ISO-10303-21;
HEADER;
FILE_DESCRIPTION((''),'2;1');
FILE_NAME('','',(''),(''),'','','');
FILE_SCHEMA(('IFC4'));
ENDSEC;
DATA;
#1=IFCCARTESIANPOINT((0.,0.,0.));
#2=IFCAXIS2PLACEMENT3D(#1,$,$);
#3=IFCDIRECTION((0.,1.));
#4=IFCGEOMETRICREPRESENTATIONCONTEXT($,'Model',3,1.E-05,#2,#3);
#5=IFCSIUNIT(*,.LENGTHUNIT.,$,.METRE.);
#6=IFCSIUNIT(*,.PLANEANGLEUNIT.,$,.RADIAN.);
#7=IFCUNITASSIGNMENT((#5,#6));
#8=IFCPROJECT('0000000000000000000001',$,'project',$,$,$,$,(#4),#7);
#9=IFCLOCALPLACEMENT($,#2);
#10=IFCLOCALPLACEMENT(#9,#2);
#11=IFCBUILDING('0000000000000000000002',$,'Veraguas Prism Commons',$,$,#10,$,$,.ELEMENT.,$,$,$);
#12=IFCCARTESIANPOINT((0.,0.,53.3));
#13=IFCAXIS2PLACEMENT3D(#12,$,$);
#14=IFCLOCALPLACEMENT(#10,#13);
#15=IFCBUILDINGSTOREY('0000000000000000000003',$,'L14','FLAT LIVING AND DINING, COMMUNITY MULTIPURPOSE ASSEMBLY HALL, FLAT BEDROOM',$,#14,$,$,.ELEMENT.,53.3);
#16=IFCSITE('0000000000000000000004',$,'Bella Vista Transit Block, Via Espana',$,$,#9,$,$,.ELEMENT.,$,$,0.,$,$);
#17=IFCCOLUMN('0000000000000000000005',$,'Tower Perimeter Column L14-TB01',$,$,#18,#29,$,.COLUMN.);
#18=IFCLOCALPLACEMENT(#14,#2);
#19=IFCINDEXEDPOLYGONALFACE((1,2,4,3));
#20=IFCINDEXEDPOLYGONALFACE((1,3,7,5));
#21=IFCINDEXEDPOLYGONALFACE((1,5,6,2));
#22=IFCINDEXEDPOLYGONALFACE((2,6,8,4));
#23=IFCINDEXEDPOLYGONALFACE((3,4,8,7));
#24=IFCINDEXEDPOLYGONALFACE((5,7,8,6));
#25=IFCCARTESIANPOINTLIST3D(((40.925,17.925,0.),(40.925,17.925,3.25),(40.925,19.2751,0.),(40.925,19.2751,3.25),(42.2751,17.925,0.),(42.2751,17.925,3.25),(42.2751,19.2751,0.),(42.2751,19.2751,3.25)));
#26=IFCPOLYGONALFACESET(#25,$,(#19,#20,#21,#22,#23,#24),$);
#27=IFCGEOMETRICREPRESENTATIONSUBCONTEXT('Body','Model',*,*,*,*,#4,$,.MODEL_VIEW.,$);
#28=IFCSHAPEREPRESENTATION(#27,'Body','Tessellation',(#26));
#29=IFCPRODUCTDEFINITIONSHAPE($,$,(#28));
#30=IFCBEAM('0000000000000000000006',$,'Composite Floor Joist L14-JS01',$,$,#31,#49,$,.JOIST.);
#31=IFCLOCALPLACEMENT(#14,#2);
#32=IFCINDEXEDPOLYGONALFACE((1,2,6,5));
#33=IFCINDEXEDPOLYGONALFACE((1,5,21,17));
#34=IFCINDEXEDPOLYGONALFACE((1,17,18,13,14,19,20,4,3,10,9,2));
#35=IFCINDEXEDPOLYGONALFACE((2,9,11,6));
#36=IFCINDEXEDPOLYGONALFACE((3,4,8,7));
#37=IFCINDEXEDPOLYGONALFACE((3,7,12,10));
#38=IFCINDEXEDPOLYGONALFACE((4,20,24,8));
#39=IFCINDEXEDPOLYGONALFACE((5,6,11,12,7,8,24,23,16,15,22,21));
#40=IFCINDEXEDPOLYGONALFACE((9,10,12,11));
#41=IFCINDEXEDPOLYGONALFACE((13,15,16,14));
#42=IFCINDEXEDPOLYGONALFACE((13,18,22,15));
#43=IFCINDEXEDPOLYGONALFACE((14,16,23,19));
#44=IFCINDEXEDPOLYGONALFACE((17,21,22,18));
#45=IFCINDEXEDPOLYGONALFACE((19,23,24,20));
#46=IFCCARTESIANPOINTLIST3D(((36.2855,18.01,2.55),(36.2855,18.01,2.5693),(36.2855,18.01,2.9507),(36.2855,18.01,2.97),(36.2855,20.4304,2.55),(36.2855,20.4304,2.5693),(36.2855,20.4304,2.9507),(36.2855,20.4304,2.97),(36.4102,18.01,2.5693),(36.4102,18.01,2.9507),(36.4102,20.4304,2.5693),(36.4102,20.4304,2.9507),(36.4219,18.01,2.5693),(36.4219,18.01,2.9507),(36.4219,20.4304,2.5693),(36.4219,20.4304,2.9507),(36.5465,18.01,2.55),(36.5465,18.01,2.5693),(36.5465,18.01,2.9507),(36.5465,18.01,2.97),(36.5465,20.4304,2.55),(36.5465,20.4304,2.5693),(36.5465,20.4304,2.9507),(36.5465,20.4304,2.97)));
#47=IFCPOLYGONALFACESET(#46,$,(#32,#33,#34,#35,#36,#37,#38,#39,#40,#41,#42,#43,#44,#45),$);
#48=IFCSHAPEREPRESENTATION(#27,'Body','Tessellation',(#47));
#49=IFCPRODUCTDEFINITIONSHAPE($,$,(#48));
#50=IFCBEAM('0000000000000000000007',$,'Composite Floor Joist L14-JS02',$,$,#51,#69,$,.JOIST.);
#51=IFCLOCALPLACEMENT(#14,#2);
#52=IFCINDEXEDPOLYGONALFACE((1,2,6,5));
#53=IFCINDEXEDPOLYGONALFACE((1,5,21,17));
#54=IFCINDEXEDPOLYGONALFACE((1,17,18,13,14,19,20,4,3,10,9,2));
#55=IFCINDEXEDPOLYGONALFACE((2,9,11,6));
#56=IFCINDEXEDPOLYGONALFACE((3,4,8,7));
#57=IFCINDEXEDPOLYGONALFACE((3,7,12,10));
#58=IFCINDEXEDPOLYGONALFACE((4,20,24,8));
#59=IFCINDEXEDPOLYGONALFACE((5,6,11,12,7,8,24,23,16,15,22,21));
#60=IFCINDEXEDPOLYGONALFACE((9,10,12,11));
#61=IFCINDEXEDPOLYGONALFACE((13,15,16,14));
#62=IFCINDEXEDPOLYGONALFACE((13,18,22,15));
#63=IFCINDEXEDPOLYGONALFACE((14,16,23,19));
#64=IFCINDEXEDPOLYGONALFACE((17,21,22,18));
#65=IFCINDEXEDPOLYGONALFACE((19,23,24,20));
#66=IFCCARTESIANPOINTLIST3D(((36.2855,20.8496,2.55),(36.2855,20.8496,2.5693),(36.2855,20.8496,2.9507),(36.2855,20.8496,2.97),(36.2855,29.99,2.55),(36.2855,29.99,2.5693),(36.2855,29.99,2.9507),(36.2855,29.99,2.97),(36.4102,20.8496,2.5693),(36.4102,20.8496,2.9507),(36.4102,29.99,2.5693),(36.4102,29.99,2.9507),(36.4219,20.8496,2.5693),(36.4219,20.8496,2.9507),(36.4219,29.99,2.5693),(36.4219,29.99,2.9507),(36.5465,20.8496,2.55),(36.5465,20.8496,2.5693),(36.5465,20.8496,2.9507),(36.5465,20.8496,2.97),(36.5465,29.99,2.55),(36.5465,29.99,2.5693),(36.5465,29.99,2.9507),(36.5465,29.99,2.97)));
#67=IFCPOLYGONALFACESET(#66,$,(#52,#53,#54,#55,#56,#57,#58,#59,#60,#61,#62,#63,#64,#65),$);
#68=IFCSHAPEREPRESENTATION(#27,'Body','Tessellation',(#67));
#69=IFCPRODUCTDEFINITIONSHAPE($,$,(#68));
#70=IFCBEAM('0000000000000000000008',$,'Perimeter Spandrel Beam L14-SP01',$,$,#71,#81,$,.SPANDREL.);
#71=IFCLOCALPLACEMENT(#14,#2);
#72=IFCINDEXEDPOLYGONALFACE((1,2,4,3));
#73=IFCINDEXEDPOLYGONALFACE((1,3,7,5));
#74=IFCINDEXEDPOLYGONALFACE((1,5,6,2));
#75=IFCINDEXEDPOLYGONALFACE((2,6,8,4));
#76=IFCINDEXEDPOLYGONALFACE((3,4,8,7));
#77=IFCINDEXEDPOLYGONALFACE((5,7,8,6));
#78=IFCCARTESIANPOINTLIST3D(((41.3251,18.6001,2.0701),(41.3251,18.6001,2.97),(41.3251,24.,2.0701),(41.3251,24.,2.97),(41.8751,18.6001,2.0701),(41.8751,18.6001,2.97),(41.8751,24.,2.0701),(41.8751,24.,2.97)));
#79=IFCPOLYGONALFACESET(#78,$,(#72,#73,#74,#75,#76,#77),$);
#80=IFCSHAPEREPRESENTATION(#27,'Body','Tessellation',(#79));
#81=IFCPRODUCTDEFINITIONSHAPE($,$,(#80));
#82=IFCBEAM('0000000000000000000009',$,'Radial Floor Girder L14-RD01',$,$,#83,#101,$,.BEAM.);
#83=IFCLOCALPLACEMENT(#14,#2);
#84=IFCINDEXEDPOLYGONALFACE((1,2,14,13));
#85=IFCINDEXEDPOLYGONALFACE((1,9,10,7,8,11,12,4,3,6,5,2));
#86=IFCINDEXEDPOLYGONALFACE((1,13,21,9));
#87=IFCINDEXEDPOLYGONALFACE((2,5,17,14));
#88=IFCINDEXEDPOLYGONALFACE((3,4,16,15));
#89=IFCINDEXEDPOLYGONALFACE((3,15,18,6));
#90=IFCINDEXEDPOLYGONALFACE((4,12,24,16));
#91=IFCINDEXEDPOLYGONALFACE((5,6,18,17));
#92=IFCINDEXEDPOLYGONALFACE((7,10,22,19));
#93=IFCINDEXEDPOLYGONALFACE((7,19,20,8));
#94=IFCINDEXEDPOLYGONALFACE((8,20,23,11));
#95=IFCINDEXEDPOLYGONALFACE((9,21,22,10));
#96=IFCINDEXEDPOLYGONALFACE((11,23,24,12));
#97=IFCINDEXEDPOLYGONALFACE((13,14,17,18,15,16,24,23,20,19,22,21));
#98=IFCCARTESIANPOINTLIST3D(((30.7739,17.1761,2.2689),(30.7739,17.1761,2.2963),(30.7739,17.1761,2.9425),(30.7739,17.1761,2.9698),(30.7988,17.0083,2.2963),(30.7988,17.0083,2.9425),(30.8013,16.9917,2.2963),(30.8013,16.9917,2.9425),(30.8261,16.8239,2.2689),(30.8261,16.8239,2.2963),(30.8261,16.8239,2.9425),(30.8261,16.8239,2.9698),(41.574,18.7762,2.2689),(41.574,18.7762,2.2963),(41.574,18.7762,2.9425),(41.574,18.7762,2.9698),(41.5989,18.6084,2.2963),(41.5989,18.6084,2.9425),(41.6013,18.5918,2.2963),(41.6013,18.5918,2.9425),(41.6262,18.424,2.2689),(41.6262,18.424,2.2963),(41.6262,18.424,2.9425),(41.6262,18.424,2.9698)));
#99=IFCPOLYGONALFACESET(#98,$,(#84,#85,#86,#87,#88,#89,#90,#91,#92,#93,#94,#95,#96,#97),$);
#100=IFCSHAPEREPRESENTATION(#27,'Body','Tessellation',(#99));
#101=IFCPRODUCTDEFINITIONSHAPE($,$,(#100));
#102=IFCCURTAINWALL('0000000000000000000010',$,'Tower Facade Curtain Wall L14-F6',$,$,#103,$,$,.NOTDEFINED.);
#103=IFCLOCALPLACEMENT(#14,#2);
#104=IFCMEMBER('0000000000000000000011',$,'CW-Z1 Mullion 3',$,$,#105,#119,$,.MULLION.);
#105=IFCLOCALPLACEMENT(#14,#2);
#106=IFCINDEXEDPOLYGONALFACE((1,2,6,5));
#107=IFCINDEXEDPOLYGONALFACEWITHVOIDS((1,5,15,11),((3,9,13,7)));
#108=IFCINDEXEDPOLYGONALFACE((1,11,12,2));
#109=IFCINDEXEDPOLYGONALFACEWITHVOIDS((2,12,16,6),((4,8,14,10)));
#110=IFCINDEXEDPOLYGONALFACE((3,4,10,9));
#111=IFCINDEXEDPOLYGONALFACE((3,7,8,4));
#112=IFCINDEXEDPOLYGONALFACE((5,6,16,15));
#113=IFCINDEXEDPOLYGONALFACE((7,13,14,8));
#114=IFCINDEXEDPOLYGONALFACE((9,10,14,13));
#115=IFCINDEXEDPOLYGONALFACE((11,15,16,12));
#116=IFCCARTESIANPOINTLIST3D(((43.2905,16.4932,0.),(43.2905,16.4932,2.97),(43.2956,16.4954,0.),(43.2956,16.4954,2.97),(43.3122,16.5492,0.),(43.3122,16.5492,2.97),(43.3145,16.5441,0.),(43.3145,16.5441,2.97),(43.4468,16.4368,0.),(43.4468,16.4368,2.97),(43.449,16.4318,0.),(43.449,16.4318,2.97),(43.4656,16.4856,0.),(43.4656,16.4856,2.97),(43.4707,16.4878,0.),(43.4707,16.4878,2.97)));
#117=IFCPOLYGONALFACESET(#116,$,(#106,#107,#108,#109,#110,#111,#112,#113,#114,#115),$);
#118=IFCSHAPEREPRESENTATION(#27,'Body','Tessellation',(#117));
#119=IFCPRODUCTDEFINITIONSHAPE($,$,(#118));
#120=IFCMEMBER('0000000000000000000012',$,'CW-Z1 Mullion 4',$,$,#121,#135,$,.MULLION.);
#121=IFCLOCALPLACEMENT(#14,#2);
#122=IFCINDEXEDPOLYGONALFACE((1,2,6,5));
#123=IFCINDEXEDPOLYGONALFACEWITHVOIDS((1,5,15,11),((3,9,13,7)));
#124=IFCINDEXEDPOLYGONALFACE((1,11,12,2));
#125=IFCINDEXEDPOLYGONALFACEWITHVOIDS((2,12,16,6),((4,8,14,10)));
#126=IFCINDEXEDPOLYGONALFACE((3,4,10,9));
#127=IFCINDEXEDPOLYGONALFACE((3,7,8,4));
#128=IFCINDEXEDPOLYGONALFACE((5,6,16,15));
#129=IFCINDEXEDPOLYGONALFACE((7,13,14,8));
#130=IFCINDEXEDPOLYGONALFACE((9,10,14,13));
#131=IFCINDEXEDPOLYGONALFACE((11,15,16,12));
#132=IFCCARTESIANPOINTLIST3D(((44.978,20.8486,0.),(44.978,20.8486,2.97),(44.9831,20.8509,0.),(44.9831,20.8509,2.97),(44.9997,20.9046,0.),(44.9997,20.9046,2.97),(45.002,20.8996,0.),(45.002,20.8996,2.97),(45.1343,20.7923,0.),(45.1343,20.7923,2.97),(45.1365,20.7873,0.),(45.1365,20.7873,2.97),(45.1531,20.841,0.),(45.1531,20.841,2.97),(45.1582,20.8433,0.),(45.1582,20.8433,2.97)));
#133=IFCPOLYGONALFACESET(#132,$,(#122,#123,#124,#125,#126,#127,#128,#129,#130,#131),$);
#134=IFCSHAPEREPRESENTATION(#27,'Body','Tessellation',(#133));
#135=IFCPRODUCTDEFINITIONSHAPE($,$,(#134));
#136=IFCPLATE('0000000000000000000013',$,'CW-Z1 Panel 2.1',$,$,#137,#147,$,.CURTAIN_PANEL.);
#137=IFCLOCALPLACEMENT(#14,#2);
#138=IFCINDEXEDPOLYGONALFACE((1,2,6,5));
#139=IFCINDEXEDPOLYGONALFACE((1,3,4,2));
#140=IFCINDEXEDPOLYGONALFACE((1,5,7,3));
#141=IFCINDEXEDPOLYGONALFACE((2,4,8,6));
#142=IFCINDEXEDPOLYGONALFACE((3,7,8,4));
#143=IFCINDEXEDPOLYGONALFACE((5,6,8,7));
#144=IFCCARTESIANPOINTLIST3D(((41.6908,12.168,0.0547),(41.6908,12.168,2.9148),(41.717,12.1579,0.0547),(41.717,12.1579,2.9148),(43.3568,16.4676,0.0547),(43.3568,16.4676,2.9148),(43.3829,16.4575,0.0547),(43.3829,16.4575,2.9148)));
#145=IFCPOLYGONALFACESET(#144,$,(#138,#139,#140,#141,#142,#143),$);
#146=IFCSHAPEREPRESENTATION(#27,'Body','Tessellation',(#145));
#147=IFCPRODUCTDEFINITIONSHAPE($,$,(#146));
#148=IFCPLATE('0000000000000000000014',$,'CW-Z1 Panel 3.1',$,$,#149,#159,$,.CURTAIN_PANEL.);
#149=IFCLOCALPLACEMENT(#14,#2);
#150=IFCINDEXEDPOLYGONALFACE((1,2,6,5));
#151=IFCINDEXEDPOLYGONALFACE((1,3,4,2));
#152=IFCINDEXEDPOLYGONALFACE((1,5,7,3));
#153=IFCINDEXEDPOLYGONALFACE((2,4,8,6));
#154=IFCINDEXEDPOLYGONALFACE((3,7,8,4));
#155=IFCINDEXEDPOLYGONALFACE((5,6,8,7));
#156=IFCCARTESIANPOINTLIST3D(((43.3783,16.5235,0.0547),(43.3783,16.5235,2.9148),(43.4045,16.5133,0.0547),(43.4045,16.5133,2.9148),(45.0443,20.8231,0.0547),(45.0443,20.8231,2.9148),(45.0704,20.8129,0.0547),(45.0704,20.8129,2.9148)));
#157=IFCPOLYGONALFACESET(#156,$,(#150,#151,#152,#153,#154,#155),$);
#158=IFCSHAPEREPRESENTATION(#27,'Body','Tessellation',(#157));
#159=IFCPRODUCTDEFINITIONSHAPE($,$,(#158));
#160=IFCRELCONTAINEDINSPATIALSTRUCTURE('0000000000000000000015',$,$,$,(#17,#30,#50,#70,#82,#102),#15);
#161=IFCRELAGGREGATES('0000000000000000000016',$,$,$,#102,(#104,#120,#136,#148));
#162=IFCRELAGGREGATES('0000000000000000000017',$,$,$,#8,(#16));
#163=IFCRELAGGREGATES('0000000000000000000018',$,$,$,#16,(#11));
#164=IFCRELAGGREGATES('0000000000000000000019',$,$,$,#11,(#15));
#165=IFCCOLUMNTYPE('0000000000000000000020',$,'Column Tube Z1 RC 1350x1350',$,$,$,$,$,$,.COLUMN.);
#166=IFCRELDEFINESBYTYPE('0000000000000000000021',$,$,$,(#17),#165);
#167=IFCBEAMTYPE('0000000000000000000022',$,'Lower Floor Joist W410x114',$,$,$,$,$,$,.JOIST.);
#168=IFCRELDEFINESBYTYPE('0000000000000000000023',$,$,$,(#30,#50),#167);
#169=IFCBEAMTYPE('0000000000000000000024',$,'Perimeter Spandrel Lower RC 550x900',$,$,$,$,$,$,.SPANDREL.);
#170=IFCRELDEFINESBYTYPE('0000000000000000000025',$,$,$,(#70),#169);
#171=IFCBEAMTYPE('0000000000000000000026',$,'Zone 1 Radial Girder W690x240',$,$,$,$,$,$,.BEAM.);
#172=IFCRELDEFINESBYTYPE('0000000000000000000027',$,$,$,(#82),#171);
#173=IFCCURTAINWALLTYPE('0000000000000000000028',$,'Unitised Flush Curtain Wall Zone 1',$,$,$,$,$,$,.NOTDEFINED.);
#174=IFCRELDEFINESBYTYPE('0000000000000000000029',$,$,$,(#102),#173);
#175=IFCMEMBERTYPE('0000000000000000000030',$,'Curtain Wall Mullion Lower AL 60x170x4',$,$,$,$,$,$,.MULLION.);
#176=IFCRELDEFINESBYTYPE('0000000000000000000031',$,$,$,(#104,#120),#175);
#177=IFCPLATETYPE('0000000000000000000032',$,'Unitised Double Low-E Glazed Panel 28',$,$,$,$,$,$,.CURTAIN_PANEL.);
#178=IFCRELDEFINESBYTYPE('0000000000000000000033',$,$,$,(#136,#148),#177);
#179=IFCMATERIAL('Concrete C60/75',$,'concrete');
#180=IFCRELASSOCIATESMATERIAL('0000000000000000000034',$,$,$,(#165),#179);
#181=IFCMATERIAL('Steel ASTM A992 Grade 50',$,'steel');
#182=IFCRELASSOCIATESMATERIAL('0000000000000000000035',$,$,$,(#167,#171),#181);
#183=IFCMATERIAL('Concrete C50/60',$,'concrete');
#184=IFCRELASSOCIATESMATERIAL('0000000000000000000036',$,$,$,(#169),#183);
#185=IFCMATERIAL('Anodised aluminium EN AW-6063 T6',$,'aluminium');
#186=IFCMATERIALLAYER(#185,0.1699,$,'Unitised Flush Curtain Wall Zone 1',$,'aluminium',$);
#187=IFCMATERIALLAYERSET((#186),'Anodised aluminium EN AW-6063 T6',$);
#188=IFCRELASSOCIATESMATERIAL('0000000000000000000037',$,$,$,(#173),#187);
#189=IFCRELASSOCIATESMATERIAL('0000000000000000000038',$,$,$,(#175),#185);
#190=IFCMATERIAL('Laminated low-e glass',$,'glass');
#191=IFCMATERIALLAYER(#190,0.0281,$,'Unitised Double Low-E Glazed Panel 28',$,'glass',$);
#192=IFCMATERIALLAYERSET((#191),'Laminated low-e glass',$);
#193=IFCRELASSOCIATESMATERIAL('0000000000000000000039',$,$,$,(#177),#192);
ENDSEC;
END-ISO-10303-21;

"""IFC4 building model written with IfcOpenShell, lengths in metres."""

from ifc_helpers import new_model, si_unit, direction, frame, origin, origin_2d, place, context, subcontext, project, spatial, rectangle, hollow_rectangle, i_section, extrude, source, transform, mapped, material, layer, layer_set, material_profile, profile_set, type_object, element, aggregate, save


model = new_model("IFC4")

# Units and contexts
model_context = context("Model", 3, precision=1e-05, world=origin(), true_north=direction((0.0, 1.0)))
body_context = subcontext(model_context, "Body", "Model", "MODEL_VIEW")
ifc_project = project(units=[si_unit("LENGTHUNIT", "METRE"), si_unit("PLANEANGLEUNIT", "RADIAN")], contexts=[model_context])

# Site, building, storey
site_placement = place(None, origin())
site = spatial("IfcSite", under=ifc_project, at=site_placement, Name="Bella Vista Transit Block, Via Espana", CompositionType="ELEMENT", RefElevation=0.0)
building_placement = place(site_placement, origin())
building = spatial("IfcBuilding", under=site, at=building_placement, Name="Veraguas Prism Commons", CompositionType="ELEMENT")
storey_placement = place(building_placement, frame((0.0, 0.0, 53.3)))
storey = spatial("IfcBuildingStorey", under=building, at=storey_placement, Name="L14", Description="FLAT LIVING AND DINING, COMMUNITY MULTIPURPOSE ASSEMBLY HALL, FLAT BEDROOM", CompositionType="ELEMENT", Elevation=53.3)

# Column
ifc_material_1 = material(Name="Concrete C60/75", Category="concrete")
ifc_material_profile_1 = material_profile(ifc_material_1, rectangle(XDim=1.3501, YDim=1.3501, at=origin_2d()), Name="RC1350X1350")
ifc_profile_set_1 = profile_set([ifc_material_profile_1], Name="Concrete C60/75")
column_type = type_object("IfcColumnType", Name="Column Tube Z1 RC 1350x1350", PredefinedType="COLUMN", material=ifc_profile_set_1)
column_placement = place(storey_placement, frame((41.6001, 18.6001, 0.0), z_axis=(0.0, 0.0, 1.0), x_axis=(1.0, 0.0, 0.0)))
element("IfcColumn", 1, at=column_placement, inside=storey, type_object=column_type, Name="Tower Perimeter Column L14-TB01", PredefinedType="COLUMN", context=body_context, shape_type="SweptSolid", body=[
    extrude(rectangle(XDim=1.3501, YDim=1.3501, at=origin_2d()), origin(), (0.0, 0.0, 1.0), 3.25),
])

# Beams
ifc_material_2 = material(Name="Steel ASTM A992 Grade 50", Category="steel")
ifc_material_profile_2 = material_profile(ifc_material_2, i_section(OverallWidth=0.261, OverallDepth=0.4199, WebThickness=0.0117, FlangeThickness=0.0193, at=origin_2d()), Name="W410X114")
ifc_profile_set_2 = profile_set([ifc_material_profile_2], Name="Steel ASTM A992 Grade 50")
beam_type_1 = type_object("IfcBeamType", Name="Lower Floor Joist W410x114", PredefinedType="JOIST", material=ifc_profile_set_2)
beam_1_placement = place(storey_placement, frame((36.416, 18.01, 2.76), z_axis=(0.0, 1.0, 0.0), x_axis=(-1.0, 0.0, 0.0)))
element("IfcBeam", 2, at=beam_1_placement, inside=storey, type_object=beam_type_1, Name="Composite Floor Joist L14-JS01", PredefinedType="JOIST", context=body_context, shape_type="SweptSolid", body=[
    extrude(i_section(OverallWidth=0.261, OverallDepth=0.4199, WebThickness=0.0117, FlangeThickness=0.0193, at=origin_2d()), origin(), (0.0, 0.0, 1.0), 2.4204),
])
beam_2_placement = place(storey_placement, frame((36.416, 20.8496, 2.76), z_axis=(0.0, 1.0, 0.0), x_axis=(-1.0, 0.0, 0.0)))
element("IfcBeam", 3, at=beam_2_placement, inside=storey, type_object=beam_type_1, Name="Composite Floor Joist L14-JS02", PredefinedType="JOIST", context=body_context, shape_type="SweptSolid", body=[
    extrude(i_section(OverallWidth=0.261, OverallDepth=0.4199, WebThickness=0.0117, FlangeThickness=0.0193, at=origin_2d()), origin(), (0.0, 0.0, 1.0), 9.1404),
])
ifc_material_3 = material(Name="Concrete C50/60", Category="concrete")
ifc_material_profile_3 = material_profile(ifc_material_3, rectangle(XDim=0.55, YDim=0.8999, at=origin_2d()), Name="RC550X900")
ifc_profile_set_3 = profile_set([ifc_material_profile_3], Name="Concrete C50/60")
beam_type_2 = type_object("IfcBeamType", Name="Perimeter Spandrel Lower RC 550x900", PredefinedType="SPANDREL", material=ifc_profile_set_3)
beam_3_placement = place(storey_placement, frame((41.6001, 18.6001, 2.52), z_axis=(0.0, 1.0, 0.0), x_axis=(-1.0, 0.0, 0.0)))
element("IfcBeam", 4, at=beam_3_placement, inside=storey, type_object=beam_type_2, Name="Perimeter Spandrel Beam L14-SP01", PredefinedType="SPANDREL", context=body_context, shape_type="SweptSolid", body=[
    extrude(rectangle(XDim=0.55, YDim=0.8999, at=origin_2d()), origin(), (0.0, 0.0, 1.0), 5.3999),
])
ifc_material_profile_4 = material_profile(ifc_material_2, i_section(OverallWidth=0.356, OverallDepth=0.7009, WebThickness=0.0168, FlangeThickness=0.0273, at=origin_2d()), Name="W690X240")
ifc_profile_set_4 = profile_set([ifc_material_profile_4], Name="Steel ASTM A992 Grade 50")
beam_type_3 = type_object("IfcBeamType", Name="Zone 1 Radial Girder W690x240", PredefinedType="BEAM", material=ifc_profile_set_4)
beam_4_placement = place(storey_placement, frame((41.6001, 18.6001, 2.6194), z_axis=(-0.989202, -0.146557, 0.0), x_axis=(0.146557, -0.989202, 0.0)))
element("IfcBeam", 5, at=beam_4_placement, inside=storey, type_object=beam_type_3, Name="Radial Floor Girder L14-RD01", PredefinedType="BEAM", context=body_context, shape_type="SweptSolid", body=[
    extrude(i_section(OverallWidth=0.356, OverallDepth=0.7009, WebThickness=0.0168, FlangeThickness=0.0273, at=origin_2d()), origin(), (0.0, 0.0, 1.0), 10.918),
])

# Curtain wall, members, plates
ifc_material_4 = material(Name="Anodised aluminium EN AW-6063 T6", Category="aluminium")
ifc_layer_1 = layer(ifc_material_4, 0.1699, Name="Unitised Flush Curtain Wall Zone 1", Category="aluminium")
ifc_layer_set_1 = layer_set([ifc_layer_1], Name="Anodised aluminium EN AW-6063 T6")
curtain_wall_type = type_object("IfcCurtainWallType", Name="Unitised Flush Curtain Wall Zone 1", PredefinedType="NOTDEFINED", material=ifc_layer_set_1)
curtain_wall_placement = place(storey_placement, origin())
curtain_wall = element("IfcCurtainWall", 6, at=curtain_wall_placement, inside=storey, type_object=curtain_wall_type, Name="Tower Facade Curtain Wall L14-F6", PredefinedType="NOTDEFINED")
ifc_material_profile_5 = material_profile(ifc_material_4, hollow_rectangle(XDim=0.0601, YDim=0.1699, WallThickness=0.0039, at=origin_2d()), Name="AL60X170X4")
ifc_profile_set_5 = profile_set([ifc_material_profile_5], Name="Anodised aluminium EN AW-6063 T6")
member_type = type_object("IfcMemberType", Name="Curtain Wall Mullion Lower AL 60x170x4", PredefinedType="MULLION", material=ifc_profile_set_5)
shared_shape_1 = source(origin(), body_context, "Body", "SweptSolid", [
    extrude(hollow_rectangle(XDim=0.0601, YDim=0.1699, WallThickness=0.0039, at=origin_2d()), origin(), (0.0, 0.0, 1.0), 2.97),
])
member_1_placement = place(storey_placement, frame((43.3806, 16.4905, 0.0), z_axis=(0.0, 0.0, 1.0), x_axis=(0.361294, 0.932452, 0.0)))
member_1 = element("IfcMember", 7, at=member_1_placement, type_object=member_type, Name="CW-Z1 Mullion 3", PredefinedType="MULLION", context=body_context, shape_type="MappedRepresentation", body=[
    mapped(shared_shape_1, transform((0.0, 0.0, 0.0), scale=1.0)),
])
member_2_placement = place(storey_placement, frame((45.0681, 20.8459, 0.0), z_axis=(0.0, 0.0, 1.0), x_axis=(0.361294, 0.932452, 0.0)))
member_2 = element("IfcMember", 8, at=member_2_placement, type_object=member_type, Name="CW-Z1 Mullion 4", PredefinedType="MULLION", context=body_context, shape_type="MappedRepresentation", body=[
    mapped(shared_shape_1, transform((0.0, 0.0, 0.0), scale=1.0)),
])
ifc_material_5 = material(Name="Laminated low-e glass", Category="glass")
ifc_layer_2 = layer(ifc_material_5, 0.0281, Name="Unitised Double Low-E Glazed Panel 28", Category="glass")
ifc_layer_set_2 = layer_set([ifc_layer_2], Name="Laminated low-e glass")
plate_type = type_object("IfcPlateType", Name="Unitised Double Low-E Glazed Panel 28", PredefinedType="CURTAIN_PANEL", material=ifc_layer_set_2)
shared_shape_2 = source(origin(), body_context, "Body", "SweptSolid", [
    extrude(rectangle(XDim=4.6111, YDim=0.0281, at=origin_2d()), origin(), (0.0, 0.0, 1.0), 2.8601),
])
plate_1_placement = place(storey_placement, frame((42.5369, 14.3127, 0.0547), z_axis=(0.0, 0.0, 1.0), x_axis=(0.361294, 0.932452, 0.0)))
plate_1 = element("IfcPlate", 9, at=plate_1_placement, type_object=plate_type, Name="CW-Z1 Panel 2.1", PredefinedType="CURTAIN_PANEL", context=body_context, shape_type="MappedRepresentation", body=[
    mapped(shared_shape_2, transform((0.0, 0.0, 0.0), scale=1.0)),
])
plate_2_placement = place(storey_placement, frame((44.2244, 18.6682, 0.0547), z_axis=(0.0, 0.0, 1.0), x_axis=(0.361294, 0.932452, 0.0)))
plate_2 = element("IfcPlate", 10, at=plate_2_placement, type_object=plate_type, Name="CW-Z1 Panel 3.1", PredefinedType="CURTAIN_PANEL", context=body_context, shape_type="MappedRepresentation", body=[
    mapped(shared_shape_2, transform((0.0, 0.0, 0.0), scale=1.0)),
])
aggregate(curtain_wall, [member_1, member_2, plate_1, plate_2])

save(model, "model.ifc")
